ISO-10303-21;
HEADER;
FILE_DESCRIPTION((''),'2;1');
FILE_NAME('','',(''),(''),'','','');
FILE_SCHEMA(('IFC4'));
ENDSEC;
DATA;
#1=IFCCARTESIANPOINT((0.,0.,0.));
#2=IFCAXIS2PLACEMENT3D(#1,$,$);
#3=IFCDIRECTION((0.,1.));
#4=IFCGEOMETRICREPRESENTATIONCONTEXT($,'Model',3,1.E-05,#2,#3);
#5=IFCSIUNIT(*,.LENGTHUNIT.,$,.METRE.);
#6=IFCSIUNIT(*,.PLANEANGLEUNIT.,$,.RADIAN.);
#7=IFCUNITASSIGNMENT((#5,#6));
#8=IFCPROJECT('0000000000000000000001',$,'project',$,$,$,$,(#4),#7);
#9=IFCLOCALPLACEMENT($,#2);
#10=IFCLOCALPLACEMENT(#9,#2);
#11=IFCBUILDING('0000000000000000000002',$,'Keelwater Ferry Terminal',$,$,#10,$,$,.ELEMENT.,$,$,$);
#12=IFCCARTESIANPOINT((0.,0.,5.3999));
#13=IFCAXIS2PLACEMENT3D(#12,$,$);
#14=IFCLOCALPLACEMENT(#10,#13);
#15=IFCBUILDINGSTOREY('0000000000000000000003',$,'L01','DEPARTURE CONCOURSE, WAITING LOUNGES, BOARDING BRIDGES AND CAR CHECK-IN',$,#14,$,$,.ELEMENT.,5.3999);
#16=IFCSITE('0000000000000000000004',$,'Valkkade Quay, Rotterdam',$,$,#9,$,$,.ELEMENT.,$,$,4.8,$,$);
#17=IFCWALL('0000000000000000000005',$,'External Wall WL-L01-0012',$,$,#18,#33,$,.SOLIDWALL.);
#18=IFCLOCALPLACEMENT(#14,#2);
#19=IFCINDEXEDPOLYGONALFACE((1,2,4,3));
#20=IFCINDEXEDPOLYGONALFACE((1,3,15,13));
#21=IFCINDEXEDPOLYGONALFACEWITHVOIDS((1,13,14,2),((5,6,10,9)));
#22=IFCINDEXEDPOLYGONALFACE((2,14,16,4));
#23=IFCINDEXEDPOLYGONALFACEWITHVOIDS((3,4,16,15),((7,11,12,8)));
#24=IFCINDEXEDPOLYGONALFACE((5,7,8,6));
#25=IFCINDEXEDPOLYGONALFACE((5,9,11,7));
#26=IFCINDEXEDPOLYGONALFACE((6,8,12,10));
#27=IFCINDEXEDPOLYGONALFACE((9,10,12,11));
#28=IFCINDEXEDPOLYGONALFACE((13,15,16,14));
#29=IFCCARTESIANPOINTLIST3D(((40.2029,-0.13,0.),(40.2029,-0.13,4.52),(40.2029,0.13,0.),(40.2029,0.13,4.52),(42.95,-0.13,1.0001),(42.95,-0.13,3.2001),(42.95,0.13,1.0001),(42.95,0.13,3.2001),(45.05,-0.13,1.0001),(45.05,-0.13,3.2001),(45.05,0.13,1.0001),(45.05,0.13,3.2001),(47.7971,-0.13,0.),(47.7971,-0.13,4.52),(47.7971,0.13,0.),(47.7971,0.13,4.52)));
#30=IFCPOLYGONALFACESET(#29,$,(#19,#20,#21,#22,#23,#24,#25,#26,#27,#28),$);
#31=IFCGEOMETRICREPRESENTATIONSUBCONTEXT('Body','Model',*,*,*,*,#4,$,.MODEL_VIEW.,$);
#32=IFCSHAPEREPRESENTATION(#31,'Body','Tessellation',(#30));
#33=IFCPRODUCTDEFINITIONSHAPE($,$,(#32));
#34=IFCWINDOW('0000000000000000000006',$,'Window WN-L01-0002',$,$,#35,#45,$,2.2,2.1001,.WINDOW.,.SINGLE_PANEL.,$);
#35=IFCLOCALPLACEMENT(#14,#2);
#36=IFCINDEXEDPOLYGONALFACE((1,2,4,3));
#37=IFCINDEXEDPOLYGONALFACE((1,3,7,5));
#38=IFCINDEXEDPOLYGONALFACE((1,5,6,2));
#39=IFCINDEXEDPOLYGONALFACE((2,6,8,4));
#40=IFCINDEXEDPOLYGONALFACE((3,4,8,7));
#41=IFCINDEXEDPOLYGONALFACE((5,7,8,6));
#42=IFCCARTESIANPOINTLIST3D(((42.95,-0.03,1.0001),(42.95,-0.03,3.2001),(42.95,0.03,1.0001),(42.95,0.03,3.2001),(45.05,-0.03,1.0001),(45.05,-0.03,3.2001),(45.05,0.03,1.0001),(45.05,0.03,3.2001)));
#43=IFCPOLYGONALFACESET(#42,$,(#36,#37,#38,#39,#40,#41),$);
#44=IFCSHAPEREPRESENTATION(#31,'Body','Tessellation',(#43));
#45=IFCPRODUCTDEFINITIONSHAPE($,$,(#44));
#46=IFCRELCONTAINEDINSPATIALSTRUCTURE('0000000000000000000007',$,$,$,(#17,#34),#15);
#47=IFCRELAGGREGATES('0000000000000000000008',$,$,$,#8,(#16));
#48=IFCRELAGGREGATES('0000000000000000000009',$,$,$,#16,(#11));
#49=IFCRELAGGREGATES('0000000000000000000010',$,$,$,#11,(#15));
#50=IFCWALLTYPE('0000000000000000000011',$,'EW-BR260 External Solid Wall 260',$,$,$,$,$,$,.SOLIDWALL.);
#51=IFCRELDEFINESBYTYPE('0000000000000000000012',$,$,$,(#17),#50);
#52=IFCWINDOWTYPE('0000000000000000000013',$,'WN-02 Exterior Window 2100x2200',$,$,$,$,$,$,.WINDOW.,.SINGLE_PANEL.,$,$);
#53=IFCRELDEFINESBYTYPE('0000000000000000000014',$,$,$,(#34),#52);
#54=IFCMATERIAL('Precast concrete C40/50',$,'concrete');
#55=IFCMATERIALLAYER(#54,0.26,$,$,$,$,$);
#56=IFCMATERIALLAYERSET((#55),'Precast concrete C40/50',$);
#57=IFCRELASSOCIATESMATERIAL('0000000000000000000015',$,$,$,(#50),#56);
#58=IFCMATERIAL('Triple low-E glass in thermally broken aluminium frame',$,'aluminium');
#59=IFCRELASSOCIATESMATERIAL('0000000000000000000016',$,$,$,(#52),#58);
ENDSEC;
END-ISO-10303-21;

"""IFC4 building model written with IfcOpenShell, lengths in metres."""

from ifc_helpers import new_model, si_unit, direction, frame, frame_2d, origin, place, context, subcontext, project, spatial, rectangle, extrude, material, layer, layer_set, type_object, element, fill, save


model = new_model("IFC4")

# Units and contexts
model_context = context("Model", 3, precision=1e-05, world=origin(), true_north=direction((0.0, 1.0)))
body_context = subcontext(model_context, "Body", "Model", "MODEL_VIEW")
ifc_project = project(units=[si_unit("LENGTHUNIT", "METRE"), si_unit("PLANEANGLEUNIT", "RADIAN")], contexts=[model_context])

# Site, building, storey
site_placement = place(None, origin())
site = spatial("IfcSite", under=ifc_project, at=site_placement, Name="Valkkade Quay, Rotterdam", CompositionType="ELEMENT", RefElevation=4.8)
building_placement = place(site_placement, origin())
building = spatial("IfcBuilding", under=site, at=building_placement, Name="Keelwater Ferry Terminal", CompositionType="ELEMENT")
storey_placement = place(building_placement, frame((0.0, 0.0, 5.3999)))
storey = spatial("IfcBuildingStorey", under=building, at=storey_placement, Name="L01", Description="DEPARTURE CONCOURSE, WAITING LOUNGES, BOARDING BRIDGES AND CAR CHECK-IN", CompositionType="ELEMENT", Elevation=5.3999)

# Wall, opening, window
ifc_material_1 = material(Name="Precast concrete C40/50", Category="concrete")
ifc_layer_1 = layer(ifc_material_1, 0.26)
ifc_layer_set_1 = layer_set([ifc_layer_1], Name="Precast concrete C40/50")
wall_type = type_object("IfcWallType", Name="EW-BR260 External Solid Wall 260", PredefinedType="SOLIDWALL", material=ifc_layer_set_1)
wall_placement = place(storey_placement, frame((47.7971, 0.0, 0.0), z_axis=(0.0, 0.0, 1.0), x_axis=(-1.0, 0.0, 0.0)))
wall = element("IfcWall", 1, at=wall_placement, inside=storey, type_object=wall_type, Name="External Wall WL-L01-0012", PredefinedType="SOLIDWALL", context=body_context, shape_type="SweptSolid", body=[
    extrude(rectangle(XDim=7.5942, YDim=0.26, at=frame_2d((3.7971, 0.0))), origin(), (0.0, 0.0, 1.0), 4.52),
])
opening_placement = place(wall_placement, frame((2.7471, 0.0, 1.0)))
opening = element("IfcOpeningElement", 2, at=opening_placement, cuts=wall, PredefinedType="OPENING", context=body_context, shape_type="SweptSolid", body=[
    extrude(rectangle(XDim=2.1001, YDim=2.2, at=frame_2d((1.05, 1.1001))), frame((0.0, 0.1399, 0.0), z_axis=(0.0, -1.0, 0.0), x_axis=(1.0, 0.0, 0.0)), (0.0, 0.0, 1.0), 0.28),
])
ifc_material_2 = material(Name="Triple low-E glass in thermally broken aluminium frame", Category="aluminium")
window_type = type_object("IfcWindowType", Name="WN-02 Exterior Window 2100x2200", PartitioningType="SINGLE_PANEL", PredefinedType="WINDOW", material=ifc_material_2)
window_placement = place(opening_placement, origin())
window = element("IfcWindow", 3, at=window_placement, inside=storey, type_object=window_type, Name="Window WN-L01-0002", OverallHeight=2.2, OverallWidth=2.1001, PartitioningType="SINGLE_PANEL", PredefinedType="WINDOW", context=body_context, shape_type="SweptSolid", body=[
    extrude(rectangle(XDim=2.1001, YDim=2.2, at=frame_2d((1.05, 1.1001))), frame((0.0, 0.03, 0.0), z_axis=(0.0, -1.0, 0.0), x_axis=(1.0, 0.0, 0.0)), (0.0, 0.0, 1.0), 0.0601),
])
fill(opening, window)

save(model, "model.ifc")
